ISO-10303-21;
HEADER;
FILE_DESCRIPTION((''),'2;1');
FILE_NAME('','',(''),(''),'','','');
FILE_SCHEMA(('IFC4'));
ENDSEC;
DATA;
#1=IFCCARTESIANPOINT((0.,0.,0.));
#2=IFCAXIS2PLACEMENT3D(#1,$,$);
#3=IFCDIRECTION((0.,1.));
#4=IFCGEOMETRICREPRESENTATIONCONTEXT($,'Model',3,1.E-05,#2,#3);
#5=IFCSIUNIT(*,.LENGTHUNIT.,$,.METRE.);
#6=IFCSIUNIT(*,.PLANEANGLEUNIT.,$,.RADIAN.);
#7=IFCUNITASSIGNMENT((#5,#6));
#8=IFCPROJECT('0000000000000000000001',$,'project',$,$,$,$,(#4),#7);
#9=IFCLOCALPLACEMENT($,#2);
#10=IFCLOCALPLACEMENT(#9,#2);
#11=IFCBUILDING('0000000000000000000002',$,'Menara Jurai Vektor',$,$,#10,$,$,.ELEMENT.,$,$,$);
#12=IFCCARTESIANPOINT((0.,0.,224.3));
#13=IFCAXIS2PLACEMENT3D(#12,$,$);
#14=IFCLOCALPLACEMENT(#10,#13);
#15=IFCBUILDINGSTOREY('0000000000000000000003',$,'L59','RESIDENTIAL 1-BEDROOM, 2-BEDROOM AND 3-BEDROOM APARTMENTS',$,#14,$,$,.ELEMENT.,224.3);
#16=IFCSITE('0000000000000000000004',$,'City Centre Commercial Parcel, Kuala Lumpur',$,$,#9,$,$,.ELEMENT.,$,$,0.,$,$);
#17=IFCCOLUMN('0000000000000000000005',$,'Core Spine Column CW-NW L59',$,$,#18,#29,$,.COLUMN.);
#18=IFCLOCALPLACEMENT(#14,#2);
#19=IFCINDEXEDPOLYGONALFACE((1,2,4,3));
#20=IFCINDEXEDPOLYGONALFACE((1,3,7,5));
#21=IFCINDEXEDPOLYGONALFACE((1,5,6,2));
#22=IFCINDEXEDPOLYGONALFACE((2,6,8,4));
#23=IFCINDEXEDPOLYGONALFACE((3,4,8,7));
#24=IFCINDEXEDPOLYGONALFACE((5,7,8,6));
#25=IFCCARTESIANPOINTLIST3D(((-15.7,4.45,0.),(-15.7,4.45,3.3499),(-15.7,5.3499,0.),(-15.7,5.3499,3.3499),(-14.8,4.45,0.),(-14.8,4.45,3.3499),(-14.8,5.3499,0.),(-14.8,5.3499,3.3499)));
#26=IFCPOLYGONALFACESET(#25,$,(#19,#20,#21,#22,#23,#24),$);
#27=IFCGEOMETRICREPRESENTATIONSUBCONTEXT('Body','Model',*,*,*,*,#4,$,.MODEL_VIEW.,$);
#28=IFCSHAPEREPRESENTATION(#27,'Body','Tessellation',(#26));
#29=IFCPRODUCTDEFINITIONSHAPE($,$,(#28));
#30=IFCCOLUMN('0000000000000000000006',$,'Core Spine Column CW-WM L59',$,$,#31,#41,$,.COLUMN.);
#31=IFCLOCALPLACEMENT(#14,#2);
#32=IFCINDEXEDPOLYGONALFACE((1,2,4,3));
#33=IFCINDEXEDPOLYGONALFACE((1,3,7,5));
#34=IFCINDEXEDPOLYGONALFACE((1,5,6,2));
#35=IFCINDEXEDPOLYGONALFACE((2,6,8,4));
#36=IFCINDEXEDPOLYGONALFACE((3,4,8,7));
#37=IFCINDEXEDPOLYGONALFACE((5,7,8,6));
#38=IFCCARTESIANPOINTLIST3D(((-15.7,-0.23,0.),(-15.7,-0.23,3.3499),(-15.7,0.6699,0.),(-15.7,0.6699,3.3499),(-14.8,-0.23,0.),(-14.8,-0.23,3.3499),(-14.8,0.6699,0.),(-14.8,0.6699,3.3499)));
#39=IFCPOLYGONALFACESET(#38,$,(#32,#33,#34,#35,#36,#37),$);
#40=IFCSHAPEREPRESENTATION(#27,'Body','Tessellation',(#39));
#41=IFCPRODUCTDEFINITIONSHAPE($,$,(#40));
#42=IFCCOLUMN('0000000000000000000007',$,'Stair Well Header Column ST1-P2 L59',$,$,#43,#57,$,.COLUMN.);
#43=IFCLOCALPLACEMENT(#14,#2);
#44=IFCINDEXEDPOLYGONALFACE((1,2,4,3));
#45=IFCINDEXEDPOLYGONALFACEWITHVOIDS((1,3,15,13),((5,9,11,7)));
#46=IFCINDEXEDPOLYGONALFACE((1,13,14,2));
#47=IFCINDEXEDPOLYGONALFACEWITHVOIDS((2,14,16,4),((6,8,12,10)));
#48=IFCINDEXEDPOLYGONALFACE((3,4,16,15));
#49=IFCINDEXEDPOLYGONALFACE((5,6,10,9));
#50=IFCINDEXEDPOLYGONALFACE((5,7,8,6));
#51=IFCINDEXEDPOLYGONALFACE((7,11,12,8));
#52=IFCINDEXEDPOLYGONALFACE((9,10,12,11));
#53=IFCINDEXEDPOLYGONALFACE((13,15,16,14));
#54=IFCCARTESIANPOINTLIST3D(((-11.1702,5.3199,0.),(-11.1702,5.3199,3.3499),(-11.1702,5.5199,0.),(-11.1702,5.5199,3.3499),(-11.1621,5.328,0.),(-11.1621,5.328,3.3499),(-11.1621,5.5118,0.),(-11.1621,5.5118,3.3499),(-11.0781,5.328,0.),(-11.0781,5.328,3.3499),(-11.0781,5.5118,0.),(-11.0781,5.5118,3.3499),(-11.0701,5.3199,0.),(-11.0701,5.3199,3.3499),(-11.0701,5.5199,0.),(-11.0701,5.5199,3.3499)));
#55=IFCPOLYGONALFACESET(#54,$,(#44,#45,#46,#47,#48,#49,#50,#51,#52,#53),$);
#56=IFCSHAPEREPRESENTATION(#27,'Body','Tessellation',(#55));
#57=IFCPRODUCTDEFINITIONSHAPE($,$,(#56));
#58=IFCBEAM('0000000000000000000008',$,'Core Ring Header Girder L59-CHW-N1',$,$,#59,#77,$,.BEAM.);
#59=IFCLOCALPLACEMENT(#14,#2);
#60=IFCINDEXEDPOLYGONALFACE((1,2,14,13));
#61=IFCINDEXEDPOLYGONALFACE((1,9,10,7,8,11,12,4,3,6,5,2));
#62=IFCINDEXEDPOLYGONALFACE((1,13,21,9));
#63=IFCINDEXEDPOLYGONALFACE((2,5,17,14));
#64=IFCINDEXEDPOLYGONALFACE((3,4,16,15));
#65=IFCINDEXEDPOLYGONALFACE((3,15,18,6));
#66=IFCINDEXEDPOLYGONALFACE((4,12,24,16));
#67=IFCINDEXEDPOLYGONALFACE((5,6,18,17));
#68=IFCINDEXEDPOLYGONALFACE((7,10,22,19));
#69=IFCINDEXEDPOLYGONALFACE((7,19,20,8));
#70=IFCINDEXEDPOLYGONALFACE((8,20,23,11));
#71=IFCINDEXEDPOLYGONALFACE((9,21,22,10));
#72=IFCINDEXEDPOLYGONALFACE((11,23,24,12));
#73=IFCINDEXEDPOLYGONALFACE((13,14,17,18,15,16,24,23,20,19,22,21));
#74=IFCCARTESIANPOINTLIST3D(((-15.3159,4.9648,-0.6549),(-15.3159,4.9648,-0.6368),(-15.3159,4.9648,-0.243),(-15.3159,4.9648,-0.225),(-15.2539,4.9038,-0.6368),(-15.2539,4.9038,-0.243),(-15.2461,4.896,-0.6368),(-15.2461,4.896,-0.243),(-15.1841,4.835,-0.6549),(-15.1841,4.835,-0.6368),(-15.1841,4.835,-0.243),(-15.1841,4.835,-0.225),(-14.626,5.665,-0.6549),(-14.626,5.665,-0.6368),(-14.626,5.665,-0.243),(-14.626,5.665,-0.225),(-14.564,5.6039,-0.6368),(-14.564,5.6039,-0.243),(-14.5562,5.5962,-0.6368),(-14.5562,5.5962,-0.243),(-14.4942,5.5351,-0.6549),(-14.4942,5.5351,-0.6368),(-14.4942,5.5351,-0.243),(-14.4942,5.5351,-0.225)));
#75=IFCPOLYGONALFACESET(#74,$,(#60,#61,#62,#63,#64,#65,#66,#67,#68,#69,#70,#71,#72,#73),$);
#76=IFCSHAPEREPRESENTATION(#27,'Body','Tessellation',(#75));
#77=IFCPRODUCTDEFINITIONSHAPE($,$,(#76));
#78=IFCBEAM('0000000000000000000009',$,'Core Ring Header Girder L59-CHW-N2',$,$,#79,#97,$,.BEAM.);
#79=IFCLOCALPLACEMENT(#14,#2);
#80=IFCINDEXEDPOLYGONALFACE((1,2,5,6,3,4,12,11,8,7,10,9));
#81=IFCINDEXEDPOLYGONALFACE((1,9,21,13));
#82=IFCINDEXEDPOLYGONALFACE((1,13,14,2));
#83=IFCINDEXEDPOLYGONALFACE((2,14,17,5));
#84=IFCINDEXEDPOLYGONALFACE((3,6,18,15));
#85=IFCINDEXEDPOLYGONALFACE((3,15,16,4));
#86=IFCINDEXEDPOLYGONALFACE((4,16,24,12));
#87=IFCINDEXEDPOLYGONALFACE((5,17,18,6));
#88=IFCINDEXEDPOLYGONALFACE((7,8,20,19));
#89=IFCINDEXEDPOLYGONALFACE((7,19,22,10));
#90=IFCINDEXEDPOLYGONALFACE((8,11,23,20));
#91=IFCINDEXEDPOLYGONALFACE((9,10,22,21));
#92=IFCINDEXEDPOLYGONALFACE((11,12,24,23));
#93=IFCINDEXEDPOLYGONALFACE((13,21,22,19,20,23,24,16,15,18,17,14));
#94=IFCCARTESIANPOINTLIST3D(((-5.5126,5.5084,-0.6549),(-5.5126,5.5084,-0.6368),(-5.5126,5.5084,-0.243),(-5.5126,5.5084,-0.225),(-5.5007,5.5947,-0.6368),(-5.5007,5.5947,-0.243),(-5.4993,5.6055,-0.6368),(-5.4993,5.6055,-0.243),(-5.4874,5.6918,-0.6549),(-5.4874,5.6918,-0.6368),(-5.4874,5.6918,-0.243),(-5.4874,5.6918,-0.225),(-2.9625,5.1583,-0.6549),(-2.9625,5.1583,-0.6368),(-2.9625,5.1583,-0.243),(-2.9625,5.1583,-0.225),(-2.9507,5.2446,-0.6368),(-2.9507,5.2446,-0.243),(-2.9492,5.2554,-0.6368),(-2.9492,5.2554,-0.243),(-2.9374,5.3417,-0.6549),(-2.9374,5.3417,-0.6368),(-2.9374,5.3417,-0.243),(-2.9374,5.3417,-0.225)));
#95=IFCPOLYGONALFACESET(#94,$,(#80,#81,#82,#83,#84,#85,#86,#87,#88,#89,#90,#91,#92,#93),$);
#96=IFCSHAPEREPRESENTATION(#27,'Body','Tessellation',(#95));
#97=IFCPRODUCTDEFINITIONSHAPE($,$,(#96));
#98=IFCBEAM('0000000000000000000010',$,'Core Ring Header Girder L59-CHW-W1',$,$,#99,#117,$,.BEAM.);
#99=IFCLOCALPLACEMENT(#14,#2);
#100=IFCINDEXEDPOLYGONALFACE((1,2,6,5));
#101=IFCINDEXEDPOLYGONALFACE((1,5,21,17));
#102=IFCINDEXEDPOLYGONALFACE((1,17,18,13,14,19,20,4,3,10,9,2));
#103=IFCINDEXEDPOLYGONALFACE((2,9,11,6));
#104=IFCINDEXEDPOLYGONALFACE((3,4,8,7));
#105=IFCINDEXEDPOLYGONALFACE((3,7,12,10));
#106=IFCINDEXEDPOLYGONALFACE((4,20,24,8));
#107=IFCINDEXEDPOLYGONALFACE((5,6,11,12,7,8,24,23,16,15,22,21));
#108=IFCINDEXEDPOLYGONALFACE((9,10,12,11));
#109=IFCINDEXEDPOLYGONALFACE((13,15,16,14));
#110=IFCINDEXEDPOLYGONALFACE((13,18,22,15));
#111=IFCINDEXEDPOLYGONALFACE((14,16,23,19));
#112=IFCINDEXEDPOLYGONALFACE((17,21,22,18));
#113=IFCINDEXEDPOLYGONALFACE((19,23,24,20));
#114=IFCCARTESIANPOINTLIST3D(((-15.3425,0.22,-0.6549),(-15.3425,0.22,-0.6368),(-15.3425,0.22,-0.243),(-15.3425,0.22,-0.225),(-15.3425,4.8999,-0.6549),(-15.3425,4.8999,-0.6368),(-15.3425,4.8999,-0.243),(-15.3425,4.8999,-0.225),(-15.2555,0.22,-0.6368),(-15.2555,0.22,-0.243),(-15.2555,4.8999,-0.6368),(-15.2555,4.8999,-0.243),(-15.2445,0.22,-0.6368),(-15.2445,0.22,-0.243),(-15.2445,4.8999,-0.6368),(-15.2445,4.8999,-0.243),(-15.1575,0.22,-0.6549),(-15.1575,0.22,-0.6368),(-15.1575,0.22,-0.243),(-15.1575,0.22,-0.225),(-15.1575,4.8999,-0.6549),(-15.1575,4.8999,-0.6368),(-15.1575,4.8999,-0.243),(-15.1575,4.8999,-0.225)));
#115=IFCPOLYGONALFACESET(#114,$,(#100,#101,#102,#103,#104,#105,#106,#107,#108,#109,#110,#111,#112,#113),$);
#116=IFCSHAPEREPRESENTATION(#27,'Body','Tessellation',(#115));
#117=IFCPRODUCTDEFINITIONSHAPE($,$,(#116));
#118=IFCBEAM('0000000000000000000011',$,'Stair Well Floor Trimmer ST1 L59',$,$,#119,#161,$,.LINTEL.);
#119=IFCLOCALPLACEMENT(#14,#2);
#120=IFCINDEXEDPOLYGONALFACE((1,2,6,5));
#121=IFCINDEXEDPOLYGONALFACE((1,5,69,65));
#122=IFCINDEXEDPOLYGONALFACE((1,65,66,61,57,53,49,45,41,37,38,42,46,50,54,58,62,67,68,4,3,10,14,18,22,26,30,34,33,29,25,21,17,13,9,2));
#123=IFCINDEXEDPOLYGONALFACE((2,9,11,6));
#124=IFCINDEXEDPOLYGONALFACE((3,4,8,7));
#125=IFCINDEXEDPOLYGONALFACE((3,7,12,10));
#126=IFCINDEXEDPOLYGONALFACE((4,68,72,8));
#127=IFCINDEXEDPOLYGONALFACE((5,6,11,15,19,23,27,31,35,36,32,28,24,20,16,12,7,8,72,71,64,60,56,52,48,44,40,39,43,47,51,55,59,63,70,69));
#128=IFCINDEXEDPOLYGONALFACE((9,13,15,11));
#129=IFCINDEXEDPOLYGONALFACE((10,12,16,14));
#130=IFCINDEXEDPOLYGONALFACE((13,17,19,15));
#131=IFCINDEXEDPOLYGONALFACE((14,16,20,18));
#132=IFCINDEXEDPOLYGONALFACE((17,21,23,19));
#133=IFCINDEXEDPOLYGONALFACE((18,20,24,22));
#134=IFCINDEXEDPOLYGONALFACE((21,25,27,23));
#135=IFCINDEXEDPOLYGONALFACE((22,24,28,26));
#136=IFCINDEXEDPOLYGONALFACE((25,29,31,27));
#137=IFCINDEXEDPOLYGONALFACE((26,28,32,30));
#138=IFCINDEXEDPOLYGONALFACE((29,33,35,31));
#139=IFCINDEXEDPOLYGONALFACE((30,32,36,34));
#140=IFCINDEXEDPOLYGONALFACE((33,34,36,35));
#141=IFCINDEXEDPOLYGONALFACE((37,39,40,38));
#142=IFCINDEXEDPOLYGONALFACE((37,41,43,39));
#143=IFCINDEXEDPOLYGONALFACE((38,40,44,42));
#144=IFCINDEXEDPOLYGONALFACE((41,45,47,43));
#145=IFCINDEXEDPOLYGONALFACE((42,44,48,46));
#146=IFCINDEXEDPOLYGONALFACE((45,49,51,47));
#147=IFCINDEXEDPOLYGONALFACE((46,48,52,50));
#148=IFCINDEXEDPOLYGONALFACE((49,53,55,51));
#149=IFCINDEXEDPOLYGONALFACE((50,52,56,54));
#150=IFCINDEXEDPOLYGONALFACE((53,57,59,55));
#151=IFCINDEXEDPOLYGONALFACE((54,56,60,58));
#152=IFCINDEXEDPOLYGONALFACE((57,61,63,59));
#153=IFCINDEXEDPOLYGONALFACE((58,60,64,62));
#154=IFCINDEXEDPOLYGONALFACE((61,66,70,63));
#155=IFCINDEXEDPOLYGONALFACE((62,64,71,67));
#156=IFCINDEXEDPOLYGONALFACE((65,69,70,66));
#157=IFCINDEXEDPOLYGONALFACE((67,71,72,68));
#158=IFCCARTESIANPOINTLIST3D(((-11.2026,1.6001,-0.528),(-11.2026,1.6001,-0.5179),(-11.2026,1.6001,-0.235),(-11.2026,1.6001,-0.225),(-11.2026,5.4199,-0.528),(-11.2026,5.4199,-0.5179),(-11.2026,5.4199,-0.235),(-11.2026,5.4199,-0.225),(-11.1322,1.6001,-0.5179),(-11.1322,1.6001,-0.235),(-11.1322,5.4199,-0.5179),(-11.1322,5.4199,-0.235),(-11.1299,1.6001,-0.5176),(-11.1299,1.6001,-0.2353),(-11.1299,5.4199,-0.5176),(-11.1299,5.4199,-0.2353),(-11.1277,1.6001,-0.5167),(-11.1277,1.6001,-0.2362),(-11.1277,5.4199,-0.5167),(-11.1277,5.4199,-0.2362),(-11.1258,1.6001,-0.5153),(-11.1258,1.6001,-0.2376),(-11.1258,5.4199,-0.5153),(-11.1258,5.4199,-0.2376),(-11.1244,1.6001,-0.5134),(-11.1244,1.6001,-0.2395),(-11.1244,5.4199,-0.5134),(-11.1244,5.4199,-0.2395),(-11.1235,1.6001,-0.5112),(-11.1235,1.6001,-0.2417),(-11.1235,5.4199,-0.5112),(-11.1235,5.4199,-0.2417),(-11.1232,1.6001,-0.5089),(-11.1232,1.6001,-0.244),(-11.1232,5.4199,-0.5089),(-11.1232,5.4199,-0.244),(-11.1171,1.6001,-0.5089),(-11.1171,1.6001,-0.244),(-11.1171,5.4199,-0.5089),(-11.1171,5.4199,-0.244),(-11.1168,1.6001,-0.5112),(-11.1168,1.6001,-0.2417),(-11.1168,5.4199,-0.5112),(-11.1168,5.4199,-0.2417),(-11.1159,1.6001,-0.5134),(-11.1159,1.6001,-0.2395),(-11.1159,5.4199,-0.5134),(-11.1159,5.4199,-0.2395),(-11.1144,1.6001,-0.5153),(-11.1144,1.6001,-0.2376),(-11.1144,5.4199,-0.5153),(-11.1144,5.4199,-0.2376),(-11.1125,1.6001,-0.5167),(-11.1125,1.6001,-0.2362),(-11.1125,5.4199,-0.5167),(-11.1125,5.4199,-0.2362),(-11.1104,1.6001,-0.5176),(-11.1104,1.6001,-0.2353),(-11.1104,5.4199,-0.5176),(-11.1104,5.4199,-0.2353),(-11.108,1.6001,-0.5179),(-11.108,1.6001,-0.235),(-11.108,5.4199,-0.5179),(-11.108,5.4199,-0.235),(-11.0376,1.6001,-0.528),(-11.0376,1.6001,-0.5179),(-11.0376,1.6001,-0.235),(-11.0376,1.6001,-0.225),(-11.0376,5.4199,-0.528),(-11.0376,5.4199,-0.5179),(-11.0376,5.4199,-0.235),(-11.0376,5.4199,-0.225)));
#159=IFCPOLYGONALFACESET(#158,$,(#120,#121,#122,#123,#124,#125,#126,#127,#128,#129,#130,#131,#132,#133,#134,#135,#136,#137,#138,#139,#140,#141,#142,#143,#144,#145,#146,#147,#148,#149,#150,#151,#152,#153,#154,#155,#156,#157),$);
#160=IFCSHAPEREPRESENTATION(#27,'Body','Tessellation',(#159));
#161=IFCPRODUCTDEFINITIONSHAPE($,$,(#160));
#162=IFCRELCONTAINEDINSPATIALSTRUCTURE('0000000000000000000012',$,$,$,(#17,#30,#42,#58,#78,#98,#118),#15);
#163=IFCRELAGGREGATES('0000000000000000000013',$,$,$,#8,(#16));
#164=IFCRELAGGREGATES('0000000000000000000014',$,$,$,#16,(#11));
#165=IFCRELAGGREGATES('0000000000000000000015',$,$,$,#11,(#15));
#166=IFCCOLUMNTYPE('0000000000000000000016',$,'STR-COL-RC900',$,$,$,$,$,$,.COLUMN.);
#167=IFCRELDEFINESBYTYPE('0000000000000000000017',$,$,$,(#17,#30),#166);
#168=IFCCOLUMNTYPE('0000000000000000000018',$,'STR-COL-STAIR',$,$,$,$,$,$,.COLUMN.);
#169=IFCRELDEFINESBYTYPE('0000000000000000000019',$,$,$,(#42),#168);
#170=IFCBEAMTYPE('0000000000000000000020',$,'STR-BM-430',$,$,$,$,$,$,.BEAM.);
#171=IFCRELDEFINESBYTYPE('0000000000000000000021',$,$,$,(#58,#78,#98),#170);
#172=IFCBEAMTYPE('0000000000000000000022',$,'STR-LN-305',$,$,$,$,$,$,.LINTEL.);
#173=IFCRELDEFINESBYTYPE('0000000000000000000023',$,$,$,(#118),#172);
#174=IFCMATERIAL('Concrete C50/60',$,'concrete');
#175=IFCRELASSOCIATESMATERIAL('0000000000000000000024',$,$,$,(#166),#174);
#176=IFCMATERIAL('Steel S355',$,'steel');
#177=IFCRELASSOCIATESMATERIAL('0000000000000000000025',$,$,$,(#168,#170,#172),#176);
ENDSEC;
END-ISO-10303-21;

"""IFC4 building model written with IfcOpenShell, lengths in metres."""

from ifc_helpers import new_model, si_unit, direction, frame, origin, origin_2d, place, context, subcontext, project, spatial, rectangle, hollow_rectangle, i_section, extrude, material, material_profile, profile_set, type_object, element, save


model = new_model("IFC4")

# Units and contexts
model_context = context("Model", 3, precision=1e-05, world=origin(), true_north=direction((0.0, 1.0)))
body_context = subcontext(model_context, "Body", "Model", "MODEL_VIEW")
ifc_project = project(units=[si_unit("LENGTHUNIT", "METRE"), si_unit("PLANEANGLEUNIT", "RADIAN")], contexts=[model_context])

# Site, building, storey
site_placement = place(None, origin())
site = spatial("IfcSite", under=ifc_project, at=site_placement, Name="City Centre Commercial Parcel, Kuala Lumpur", CompositionType="ELEMENT", RefElevation=0.0)
building_placement = place(site_placement, origin())
building = spatial("IfcBuilding", under=site, at=building_placement, Name="Menara Jurai Vektor", CompositionType="ELEMENT")
storey_placement = place(building_placement, frame((0.0, 0.0, 224.3)))
storey = spatial("IfcBuildingStorey", under=building, at=storey_placement, Name="L59", Description="RESIDENTIAL 1-BEDROOM, 2-BEDROOM AND 3-BEDROOM APARTMENTS", CompositionType="ELEMENT", Elevation=224.3)

# Columns
ifc_material_1 = material(Name="Concrete C50/60", Category="concrete")
ifc_material_profile_1 = material_profile(ifc_material_1, rectangle(XDim=0.8999, YDim=0.8999, at=origin_2d()), Name="RC 900x900")
ifc_profile_set_1 = profile_set([ifc_material_profile_1], Name="Concrete C50/60")
column_type_1 = type_object("IfcColumnType", Name="STR-COL-RC900", PredefinedType="COLUMN", material=ifc_profile_set_1)
for number, where, z_axis, x_axis, name in (
    (1, (-15.25, 4.8999, 0.0), (0.0, 0.0, 1.0), (1.0, 0.0, 0.0), "Core Spine Column CW-NW L59"),
    (2, (-15.25, 0.22, 0.0), (0.0, 0.0, 1.0), (1.0, 0.0, 0.0), "Core Spine Column CW-WM L59"),
):
    element("IfcColumn", number, at=place(storey_placement, frame(where, z_axis=z_axis, x_axis=x_axis)), inside=storey, type_object=column_type_1, Name=name, PredefinedType="COLUMN", context=body_context, shape_type="SweptSolid", body=[
        extrude(rectangle(XDim=0.8999, YDim=0.8999, at=origin_2d()), origin(), (0.0, 0.0, 1.0), 3.3499),
    ])
ifc_material_2 = material(Name="Steel S355", Category="steel")
ifc_material_profile_2 = material_profile(ifc_material_2, hollow_rectangle(XDim=0.1001, YDim=0.2, WallThickness=0.0081, at=origin_2d()), Name="RHS 200x100x8")
ifc_profile_set_2 = profile_set([ifc_material_profile_2], Name="Steel S355")
column_type_2 = type_object("IfcColumnType", Name="STR-COL-STAIR", PredefinedType="COLUMN", material=ifc_profile_set_2)
column_placement = place(storey_placement, frame((-11.1201, 5.4199, 0.0), z_axis=(0.0, 0.0, 1.0), x_axis=(1.0, 0.0, 0.0)))
element("IfcColumn", 3, at=column_placement, inside=storey, type_object=column_type_2, Name="Stair Well Header Column ST1-P2 L59", PredefinedType="COLUMN", context=body_context, shape_type="SweptSolid", body=[
    extrude(hollow_rectangle(XDim=0.1001, YDim=0.2, WallThickness=0.0081, at=origin_2d()), origin(), (0.0, 0.0, 1.0), 3.3499),
])

# Beams
ifc_material_profile_3 = material_profile(ifc_material_2, i_section(OverallWidth=0.1851, OverallDepth=0.4299, WebThickness=0.011, FlangeThickness=0.0181, at=origin_2d()), Name="PG 430x185x76")
ifc_profile_set_3 = profile_set([ifc_material_profile_3], Name="Steel S355")
beam_type_1 = type_object("IfcBeamType", Name="STR-BM-430", PredefinedType="BEAM", material=ifc_profile_set_3)
beam_1_placement = place(storey_placement, frame((-15.25, 4.8999, -0.4399), z_axis=(0.701872, 0.712303, 0.0), x_axis=(-0.712303, 0.701872, 0.0)))
element("IfcBeam", 4, at=beam_1_placement, inside=storey, type_object=beam_type_1, Name="Core Ring Header Girder L59-CHW-N1", PredefinedType="BEAM", context=body_context, shape_type="SweptSolid", body=[
    extrude(i_section(OverallWidth=0.1851, OverallDepth=0.4299, WebThickness=0.011, FlangeThickness=0.0181, at=origin_2d()), origin(), (0.0, 0.0, 1.0), 0.9829),
])
beam_2_placement = place(storey_placement, frame((-5.5, 5.6001, -0.4399), z_axis=(0.990707, -0.136015, 0.0), x_axis=(0.136015, 0.990707, 0.0)))
element("IfcBeam", 5, at=beam_2_placement, inside=storey, type_object=beam_type_1, Name="Core Ring Header Girder L59-CHW-N2", PredefinedType="BEAM", context=body_context, shape_type="SweptSolid", body=[
    extrude(i_section(OverallWidth=0.1851, OverallDepth=0.4299, WebThickness=0.011, FlangeThickness=0.0181, at=origin_2d()), origin(), (0.0, 0.0, 1.0), 2.574),
])
beam_3_placement = place(storey_placement, frame((-15.25, 0.22, -0.4399), z_axis=(0.0, 1.0, 0.0), x_axis=(-1.0, 0.0, 0.0)))
element("IfcBeam", 6, at=beam_3_placement, inside=storey, type_object=beam_type_1, Name="Core Ring Header Girder L59-CHW-W1", PredefinedType="BEAM", context=body_context, shape_type="SweptSolid", body=[
    extrude(i_section(OverallWidth=0.1851, OverallDepth=0.4299, WebThickness=0.011, FlangeThickness=0.0181, at=origin_2d()), origin(), (0.0, 0.0, 1.0), 4.6799),
])
ifc_material_profile_4 = material_profile(ifc_material_2, i_section(OverallWidth=0.165, OverallDepth=0.303, WebThickness=0.0061, FlangeThickness=0.01, FilletRadius=0.009, at=origin_2d()), Name="UKB 305x165x40")
ifc_profile_set_4 = profile_set([ifc_material_profile_4], Name="Steel S355")
beam_type_2 = type_object("IfcBeamType", Name="STR-LN-305", PredefinedType="LINTEL", material=ifc_profile_set_4)
beam_4_placement = place(storey_placement, frame((-11.1201, 1.6001, -0.3765), z_axis=(0.0, 1.0, 0.0), x_axis=(-1.0, 0.0, 0.0)))
element("IfcBeam", 7, at=beam_4_placement, inside=storey, type_object=beam_type_2, Name="Stair Well Floor Trimmer ST1 L59", PredefinedType="LINTEL", context=body_context, shape_type="SweptSolid", body=[
    extrude(i_section(OverallWidth=0.165, OverallDepth=0.303, WebThickness=0.0061, FlangeThickness=0.01, FilletRadius=0.009, at=origin_2d()), origin(), (0.0, 0.0, 1.0), 3.8198),
])

save(model, "model.ifc")
